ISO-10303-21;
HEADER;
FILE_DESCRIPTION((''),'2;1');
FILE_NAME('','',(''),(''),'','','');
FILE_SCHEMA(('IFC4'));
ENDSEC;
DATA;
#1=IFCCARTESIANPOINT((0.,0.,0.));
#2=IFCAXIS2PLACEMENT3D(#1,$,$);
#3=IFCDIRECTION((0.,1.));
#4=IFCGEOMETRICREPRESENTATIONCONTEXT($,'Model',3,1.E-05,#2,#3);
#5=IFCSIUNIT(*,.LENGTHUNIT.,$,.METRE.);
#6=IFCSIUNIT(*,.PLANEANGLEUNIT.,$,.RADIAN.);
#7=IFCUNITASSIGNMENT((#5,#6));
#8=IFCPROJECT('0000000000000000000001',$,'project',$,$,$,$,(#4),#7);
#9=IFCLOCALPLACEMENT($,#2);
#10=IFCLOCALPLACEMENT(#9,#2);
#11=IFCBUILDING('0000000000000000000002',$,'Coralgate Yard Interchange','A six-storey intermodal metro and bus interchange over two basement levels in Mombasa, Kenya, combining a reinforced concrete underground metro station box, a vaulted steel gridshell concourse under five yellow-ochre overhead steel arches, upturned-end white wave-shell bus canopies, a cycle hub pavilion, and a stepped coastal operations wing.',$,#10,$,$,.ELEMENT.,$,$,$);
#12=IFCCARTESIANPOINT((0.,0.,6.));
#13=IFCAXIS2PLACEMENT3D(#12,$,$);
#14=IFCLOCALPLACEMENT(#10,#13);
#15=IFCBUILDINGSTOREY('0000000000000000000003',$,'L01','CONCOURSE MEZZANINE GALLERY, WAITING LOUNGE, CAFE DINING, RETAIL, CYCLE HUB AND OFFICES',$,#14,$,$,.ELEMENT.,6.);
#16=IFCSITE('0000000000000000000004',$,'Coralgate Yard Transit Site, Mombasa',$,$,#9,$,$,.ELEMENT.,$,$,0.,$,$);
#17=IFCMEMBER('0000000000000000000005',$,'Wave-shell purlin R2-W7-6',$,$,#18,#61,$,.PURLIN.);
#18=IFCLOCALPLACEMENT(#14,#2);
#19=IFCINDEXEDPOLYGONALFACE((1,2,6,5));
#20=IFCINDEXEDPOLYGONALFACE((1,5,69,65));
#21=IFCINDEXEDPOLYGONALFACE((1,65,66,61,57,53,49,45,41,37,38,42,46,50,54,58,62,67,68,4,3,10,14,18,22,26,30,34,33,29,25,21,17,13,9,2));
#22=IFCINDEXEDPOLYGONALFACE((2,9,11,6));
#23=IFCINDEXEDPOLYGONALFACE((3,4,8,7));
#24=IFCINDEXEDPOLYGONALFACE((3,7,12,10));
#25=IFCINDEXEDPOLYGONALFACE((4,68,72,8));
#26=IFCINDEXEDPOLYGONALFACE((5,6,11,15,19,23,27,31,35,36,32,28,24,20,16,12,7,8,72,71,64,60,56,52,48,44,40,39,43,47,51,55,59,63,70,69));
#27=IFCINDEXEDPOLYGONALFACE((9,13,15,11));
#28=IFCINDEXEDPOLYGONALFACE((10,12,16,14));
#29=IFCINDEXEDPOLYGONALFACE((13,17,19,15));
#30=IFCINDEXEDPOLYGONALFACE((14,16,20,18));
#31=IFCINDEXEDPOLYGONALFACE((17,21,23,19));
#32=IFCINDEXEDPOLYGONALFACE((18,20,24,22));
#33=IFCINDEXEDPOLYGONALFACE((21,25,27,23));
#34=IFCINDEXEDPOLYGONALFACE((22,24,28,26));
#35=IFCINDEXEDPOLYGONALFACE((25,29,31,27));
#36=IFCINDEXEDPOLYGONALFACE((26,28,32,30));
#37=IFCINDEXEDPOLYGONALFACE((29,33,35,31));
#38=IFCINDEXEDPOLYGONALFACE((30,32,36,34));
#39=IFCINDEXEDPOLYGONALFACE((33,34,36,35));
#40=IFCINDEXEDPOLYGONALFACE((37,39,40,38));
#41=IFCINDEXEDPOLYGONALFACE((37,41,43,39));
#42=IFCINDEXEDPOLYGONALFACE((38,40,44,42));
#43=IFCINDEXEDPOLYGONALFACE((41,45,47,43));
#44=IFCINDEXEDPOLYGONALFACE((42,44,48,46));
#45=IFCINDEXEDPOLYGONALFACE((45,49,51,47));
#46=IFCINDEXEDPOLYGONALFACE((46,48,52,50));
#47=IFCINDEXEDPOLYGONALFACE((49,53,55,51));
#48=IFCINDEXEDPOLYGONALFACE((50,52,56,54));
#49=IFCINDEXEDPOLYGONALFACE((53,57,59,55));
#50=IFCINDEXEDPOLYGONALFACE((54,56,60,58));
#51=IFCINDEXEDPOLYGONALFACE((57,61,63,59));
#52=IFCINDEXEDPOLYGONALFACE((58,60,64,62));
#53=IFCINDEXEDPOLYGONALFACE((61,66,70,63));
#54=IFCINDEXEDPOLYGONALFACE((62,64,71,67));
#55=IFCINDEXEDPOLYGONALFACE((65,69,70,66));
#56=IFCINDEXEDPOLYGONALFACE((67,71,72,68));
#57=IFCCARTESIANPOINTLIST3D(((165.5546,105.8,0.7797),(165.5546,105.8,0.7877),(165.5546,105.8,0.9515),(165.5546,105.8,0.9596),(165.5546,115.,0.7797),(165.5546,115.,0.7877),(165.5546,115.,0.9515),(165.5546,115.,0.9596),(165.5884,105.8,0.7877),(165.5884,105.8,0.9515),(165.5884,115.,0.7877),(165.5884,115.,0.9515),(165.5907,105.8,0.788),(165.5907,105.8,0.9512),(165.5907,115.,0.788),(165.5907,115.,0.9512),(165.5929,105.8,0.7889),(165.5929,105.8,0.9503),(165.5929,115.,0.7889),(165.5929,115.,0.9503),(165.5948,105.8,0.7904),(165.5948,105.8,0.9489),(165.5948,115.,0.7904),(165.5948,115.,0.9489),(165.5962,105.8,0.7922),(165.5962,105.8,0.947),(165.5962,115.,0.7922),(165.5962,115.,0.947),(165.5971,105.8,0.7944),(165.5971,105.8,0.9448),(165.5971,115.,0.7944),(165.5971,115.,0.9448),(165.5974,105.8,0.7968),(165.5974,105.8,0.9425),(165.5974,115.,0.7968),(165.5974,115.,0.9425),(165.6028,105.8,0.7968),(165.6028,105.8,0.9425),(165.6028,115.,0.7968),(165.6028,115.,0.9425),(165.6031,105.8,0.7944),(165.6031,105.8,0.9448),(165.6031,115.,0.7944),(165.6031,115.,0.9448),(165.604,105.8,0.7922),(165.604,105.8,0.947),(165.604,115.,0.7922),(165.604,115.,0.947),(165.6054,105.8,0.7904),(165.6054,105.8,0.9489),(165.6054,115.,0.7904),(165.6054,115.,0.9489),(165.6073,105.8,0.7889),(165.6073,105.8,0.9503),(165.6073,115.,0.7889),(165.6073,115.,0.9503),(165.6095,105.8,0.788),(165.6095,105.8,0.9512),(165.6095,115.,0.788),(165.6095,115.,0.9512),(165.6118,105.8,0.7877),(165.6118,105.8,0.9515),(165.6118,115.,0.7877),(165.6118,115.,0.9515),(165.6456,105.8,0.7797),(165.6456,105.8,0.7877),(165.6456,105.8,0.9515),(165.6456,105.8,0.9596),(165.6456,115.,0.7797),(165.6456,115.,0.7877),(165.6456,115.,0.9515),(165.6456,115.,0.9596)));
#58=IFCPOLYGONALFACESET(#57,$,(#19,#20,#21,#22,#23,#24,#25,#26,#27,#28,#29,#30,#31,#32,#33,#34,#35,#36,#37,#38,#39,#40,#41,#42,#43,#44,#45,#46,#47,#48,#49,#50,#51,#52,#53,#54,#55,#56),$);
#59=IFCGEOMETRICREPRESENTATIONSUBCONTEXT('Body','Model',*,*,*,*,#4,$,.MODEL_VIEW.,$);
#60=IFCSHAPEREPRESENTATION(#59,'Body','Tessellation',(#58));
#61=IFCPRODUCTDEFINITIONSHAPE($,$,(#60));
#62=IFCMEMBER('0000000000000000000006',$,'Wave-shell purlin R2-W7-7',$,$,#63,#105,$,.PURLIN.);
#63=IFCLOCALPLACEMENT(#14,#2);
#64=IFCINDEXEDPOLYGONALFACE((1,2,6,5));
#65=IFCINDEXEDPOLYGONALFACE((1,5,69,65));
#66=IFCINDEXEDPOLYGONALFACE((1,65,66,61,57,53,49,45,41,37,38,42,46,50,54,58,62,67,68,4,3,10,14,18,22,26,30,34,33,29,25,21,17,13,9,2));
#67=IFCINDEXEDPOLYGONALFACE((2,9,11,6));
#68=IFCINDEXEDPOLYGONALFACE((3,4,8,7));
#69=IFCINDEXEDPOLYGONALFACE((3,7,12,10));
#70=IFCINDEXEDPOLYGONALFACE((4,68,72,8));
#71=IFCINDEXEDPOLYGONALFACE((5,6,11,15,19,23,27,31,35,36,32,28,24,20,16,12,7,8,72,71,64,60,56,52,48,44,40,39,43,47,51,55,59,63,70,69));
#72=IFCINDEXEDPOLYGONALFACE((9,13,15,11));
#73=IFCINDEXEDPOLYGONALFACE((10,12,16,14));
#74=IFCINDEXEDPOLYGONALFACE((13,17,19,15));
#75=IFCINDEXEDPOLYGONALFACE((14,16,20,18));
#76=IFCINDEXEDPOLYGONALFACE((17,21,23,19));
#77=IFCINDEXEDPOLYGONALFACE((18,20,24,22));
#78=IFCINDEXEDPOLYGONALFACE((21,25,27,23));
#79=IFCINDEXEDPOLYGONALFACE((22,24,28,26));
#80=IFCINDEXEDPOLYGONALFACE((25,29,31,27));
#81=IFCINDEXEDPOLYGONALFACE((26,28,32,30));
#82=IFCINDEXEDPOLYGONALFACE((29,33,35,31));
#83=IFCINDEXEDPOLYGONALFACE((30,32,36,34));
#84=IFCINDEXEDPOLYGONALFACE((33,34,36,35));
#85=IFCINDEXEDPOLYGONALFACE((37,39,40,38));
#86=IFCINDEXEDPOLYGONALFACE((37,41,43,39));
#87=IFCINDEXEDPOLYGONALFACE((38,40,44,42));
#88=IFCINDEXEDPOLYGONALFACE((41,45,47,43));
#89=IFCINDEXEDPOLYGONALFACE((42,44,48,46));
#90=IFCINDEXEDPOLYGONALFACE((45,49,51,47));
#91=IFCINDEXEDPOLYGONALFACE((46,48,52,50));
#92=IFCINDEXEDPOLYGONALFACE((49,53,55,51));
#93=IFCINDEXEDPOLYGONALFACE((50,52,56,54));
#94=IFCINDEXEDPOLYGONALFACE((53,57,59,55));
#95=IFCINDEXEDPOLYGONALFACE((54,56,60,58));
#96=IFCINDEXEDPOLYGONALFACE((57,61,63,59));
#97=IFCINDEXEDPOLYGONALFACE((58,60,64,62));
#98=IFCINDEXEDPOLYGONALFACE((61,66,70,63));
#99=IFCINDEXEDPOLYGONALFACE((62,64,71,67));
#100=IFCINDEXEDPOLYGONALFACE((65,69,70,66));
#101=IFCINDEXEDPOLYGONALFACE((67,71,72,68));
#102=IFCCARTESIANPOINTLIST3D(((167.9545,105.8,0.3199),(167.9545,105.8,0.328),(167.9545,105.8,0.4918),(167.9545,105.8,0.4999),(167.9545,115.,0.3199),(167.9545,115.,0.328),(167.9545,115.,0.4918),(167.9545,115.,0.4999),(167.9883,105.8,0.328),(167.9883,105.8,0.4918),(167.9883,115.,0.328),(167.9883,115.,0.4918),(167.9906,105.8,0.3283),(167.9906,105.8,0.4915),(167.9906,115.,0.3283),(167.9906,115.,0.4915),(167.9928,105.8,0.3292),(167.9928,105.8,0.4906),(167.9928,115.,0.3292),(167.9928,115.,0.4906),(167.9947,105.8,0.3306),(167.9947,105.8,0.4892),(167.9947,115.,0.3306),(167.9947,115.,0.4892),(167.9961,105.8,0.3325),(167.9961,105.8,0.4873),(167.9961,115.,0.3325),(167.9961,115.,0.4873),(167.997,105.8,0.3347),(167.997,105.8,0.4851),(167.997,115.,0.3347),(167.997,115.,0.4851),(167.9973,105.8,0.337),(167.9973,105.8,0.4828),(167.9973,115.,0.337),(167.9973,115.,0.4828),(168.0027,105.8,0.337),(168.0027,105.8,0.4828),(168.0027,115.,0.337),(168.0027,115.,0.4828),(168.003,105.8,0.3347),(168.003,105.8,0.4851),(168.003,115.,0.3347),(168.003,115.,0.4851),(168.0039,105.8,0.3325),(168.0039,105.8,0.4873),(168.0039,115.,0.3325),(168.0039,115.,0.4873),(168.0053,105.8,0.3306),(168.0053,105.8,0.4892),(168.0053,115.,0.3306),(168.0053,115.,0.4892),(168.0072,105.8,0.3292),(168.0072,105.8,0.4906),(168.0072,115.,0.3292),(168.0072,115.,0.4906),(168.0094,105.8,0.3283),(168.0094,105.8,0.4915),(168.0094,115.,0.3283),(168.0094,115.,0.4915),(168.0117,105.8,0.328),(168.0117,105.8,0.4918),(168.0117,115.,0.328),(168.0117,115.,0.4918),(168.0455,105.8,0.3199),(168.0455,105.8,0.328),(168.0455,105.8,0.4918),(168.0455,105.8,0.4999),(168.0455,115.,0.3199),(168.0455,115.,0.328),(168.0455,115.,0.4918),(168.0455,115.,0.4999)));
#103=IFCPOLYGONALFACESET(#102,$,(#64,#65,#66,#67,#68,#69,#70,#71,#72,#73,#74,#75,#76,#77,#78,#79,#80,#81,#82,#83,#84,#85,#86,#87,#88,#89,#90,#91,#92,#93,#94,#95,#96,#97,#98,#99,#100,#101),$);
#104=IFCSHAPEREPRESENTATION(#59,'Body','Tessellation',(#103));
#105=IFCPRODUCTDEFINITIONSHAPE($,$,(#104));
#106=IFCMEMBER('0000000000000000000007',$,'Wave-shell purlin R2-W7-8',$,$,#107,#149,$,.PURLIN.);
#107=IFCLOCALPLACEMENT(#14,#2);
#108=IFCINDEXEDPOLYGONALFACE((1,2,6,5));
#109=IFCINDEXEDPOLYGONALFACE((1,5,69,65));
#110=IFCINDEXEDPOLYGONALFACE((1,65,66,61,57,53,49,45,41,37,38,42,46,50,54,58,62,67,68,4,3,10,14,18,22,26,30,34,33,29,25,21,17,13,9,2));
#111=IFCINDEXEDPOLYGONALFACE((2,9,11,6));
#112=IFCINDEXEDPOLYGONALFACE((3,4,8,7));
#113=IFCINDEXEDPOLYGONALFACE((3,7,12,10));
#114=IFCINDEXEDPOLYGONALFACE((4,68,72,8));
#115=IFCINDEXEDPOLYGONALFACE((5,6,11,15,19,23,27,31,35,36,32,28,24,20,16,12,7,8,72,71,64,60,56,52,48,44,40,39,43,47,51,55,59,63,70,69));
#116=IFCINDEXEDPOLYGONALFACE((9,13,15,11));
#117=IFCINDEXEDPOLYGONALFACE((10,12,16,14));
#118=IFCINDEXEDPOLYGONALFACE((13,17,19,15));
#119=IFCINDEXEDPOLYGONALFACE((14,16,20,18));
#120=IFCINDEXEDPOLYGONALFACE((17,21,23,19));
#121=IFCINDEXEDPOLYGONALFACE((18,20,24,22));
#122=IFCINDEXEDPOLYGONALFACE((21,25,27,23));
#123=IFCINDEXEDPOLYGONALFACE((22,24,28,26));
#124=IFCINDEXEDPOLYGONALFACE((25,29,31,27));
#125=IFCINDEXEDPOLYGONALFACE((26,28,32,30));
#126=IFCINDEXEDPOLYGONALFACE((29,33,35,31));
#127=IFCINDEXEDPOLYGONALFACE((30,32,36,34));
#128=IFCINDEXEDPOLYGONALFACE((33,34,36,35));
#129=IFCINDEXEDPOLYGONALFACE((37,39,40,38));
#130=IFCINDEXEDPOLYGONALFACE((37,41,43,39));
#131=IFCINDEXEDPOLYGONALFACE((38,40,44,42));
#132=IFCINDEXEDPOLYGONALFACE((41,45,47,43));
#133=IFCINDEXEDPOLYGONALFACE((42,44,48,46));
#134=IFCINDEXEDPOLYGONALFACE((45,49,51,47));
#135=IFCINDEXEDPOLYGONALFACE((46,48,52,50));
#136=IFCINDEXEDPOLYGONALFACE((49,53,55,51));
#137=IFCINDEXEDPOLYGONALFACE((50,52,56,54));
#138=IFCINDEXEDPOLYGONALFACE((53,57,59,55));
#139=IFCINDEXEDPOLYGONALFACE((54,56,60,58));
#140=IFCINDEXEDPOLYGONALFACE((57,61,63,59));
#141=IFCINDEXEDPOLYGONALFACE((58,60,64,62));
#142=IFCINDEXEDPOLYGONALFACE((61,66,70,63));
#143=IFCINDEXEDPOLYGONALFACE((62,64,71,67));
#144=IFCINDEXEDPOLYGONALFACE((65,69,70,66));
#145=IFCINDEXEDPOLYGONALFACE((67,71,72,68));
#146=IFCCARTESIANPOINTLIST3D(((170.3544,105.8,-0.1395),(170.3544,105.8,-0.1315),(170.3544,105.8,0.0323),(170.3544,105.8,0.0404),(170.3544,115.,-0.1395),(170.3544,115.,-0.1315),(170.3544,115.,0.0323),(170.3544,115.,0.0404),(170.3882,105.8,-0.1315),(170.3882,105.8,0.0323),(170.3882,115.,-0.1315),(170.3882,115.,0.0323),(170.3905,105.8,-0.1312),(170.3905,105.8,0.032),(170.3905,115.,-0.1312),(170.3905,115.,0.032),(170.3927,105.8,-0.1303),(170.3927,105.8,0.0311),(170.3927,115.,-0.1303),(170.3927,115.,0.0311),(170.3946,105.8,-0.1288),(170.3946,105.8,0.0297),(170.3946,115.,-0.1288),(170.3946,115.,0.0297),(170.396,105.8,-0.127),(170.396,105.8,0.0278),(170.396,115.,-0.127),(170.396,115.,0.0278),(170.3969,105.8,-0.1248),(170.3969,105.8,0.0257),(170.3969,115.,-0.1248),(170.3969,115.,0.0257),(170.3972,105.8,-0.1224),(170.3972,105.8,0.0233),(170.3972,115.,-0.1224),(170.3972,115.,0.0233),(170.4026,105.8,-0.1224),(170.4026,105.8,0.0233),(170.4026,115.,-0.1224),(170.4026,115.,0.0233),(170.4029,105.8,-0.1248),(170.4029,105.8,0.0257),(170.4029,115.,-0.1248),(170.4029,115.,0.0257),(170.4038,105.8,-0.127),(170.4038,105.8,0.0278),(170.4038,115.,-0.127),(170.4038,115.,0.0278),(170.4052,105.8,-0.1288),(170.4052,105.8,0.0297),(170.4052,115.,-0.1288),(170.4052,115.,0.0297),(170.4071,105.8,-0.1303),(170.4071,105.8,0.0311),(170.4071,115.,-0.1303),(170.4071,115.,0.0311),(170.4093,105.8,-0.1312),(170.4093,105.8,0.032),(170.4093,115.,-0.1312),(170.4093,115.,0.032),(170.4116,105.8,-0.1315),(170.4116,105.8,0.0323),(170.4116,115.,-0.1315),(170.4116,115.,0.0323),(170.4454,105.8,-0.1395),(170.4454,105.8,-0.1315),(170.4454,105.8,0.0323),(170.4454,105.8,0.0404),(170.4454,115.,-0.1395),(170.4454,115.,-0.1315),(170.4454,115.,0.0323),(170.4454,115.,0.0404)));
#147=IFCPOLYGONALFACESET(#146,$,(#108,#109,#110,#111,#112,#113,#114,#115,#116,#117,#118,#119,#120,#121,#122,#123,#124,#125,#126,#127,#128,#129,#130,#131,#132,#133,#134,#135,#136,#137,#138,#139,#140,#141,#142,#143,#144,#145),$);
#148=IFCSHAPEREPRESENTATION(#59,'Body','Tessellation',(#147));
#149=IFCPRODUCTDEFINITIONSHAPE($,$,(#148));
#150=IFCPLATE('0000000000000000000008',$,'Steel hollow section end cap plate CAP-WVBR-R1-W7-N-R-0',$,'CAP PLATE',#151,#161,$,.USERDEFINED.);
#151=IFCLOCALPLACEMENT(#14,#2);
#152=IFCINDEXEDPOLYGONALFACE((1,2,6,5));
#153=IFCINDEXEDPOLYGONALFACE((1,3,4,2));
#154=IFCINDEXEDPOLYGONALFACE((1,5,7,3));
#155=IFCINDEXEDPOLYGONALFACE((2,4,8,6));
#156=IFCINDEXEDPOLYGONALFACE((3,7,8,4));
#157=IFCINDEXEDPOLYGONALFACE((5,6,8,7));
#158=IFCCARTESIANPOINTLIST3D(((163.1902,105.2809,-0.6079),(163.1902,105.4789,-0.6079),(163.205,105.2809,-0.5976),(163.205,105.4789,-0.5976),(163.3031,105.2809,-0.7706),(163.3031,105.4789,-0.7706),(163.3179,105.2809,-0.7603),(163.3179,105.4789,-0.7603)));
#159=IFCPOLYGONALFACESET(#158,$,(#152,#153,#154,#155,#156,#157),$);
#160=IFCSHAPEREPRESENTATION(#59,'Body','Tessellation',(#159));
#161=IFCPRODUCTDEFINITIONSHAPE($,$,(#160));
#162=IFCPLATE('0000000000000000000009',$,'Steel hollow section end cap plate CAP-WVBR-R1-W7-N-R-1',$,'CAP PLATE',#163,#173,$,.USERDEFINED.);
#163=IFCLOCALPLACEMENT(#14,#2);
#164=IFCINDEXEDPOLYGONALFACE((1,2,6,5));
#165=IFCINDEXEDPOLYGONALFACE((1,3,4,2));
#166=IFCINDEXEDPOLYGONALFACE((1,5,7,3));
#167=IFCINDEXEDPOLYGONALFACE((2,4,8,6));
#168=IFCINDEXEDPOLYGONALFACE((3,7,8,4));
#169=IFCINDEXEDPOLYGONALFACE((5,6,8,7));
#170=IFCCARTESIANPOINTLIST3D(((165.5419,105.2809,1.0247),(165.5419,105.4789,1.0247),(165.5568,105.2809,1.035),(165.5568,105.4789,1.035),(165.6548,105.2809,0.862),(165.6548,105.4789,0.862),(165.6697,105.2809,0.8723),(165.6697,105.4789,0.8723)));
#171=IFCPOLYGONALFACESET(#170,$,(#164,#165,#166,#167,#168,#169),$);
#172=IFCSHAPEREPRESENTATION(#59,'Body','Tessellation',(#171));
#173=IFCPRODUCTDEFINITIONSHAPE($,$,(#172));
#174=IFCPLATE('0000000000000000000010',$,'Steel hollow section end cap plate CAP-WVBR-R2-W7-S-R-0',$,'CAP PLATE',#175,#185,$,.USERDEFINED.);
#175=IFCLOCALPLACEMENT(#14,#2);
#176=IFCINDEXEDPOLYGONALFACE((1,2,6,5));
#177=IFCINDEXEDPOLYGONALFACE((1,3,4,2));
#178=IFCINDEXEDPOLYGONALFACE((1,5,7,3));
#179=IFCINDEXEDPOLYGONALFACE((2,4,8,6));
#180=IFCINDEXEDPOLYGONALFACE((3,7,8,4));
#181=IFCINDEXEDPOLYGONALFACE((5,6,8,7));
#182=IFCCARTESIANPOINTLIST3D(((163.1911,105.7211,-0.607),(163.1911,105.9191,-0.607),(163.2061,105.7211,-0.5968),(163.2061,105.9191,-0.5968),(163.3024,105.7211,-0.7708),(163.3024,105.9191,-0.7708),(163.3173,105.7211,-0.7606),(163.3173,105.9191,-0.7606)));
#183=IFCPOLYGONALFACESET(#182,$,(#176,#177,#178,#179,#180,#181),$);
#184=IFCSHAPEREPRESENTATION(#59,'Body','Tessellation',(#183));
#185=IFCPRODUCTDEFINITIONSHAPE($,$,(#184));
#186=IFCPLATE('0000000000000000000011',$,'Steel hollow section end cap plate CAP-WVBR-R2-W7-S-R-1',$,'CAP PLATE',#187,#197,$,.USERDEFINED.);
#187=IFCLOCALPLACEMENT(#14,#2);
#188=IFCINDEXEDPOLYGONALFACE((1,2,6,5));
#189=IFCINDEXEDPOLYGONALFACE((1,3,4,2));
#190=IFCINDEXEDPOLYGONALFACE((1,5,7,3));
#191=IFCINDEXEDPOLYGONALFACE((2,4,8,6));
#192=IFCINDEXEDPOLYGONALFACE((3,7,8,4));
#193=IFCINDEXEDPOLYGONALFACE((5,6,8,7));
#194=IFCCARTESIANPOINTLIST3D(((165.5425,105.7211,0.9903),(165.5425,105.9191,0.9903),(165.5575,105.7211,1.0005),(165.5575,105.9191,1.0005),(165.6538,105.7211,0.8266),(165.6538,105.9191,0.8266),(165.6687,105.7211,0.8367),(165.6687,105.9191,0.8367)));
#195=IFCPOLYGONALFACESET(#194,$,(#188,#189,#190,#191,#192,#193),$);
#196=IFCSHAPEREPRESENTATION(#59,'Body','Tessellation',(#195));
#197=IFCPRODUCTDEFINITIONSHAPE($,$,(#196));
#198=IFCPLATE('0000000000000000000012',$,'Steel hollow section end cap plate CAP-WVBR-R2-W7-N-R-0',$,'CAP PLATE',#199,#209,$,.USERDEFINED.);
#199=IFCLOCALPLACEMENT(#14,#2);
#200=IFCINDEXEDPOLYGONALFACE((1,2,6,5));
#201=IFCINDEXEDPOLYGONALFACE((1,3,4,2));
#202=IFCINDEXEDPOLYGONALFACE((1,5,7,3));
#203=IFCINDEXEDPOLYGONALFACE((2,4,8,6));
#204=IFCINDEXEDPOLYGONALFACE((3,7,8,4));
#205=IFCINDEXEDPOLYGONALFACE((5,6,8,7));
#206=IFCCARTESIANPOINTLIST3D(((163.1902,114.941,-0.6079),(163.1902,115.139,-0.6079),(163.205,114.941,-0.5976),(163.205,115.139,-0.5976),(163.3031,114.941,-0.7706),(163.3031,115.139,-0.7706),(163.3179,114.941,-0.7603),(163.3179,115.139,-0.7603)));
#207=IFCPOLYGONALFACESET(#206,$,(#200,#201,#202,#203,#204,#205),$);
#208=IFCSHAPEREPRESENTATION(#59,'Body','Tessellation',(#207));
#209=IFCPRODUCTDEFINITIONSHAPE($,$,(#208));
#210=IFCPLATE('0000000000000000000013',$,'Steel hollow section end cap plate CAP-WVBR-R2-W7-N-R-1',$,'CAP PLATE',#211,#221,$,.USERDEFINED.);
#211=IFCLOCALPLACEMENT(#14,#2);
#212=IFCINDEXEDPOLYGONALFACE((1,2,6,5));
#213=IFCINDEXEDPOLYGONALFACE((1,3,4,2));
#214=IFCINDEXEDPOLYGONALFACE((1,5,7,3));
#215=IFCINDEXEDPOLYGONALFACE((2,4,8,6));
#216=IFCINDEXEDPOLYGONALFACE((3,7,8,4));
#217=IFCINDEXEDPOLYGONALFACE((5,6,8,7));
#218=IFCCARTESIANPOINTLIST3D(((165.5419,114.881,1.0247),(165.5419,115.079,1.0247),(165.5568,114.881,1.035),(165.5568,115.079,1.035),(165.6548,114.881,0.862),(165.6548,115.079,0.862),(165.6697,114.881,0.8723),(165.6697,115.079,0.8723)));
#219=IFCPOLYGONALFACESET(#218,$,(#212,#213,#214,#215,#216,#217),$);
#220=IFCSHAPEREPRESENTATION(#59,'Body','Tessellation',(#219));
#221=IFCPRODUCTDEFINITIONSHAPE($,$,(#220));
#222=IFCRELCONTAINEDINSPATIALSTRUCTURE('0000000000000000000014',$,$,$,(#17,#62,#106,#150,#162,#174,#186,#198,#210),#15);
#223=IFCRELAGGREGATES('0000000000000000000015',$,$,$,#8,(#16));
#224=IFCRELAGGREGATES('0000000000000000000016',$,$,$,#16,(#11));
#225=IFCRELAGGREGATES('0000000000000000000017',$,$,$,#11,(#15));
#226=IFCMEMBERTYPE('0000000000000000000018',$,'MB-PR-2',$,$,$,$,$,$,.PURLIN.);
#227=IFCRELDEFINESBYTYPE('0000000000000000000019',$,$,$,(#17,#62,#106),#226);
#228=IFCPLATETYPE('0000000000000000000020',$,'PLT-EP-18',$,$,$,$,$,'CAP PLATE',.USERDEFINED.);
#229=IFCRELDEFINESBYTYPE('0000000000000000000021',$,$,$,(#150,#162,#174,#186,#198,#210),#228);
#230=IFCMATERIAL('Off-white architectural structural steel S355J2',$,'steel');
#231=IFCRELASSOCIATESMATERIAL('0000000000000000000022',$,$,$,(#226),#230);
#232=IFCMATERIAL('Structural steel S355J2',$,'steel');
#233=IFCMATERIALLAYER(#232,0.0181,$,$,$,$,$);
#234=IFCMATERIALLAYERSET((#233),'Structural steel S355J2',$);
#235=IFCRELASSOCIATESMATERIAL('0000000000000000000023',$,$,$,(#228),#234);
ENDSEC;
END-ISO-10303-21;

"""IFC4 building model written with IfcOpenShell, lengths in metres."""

from ifc_helpers import new_model, si_unit, direction, frame, origin, origin_2d, place, context, subcontext, project, spatial, rectangle, i_section, extrude, material, layer, layer_set, material_profile, profile_set, type_object, element, save


model = new_model("IFC4")

# Units and contexts
model_context = context("Model", 3, precision=1e-05, world=origin(), true_north=direction((0.0, 1.0)))
body_context = subcontext(model_context, "Body", "Model", "MODEL_VIEW")
ifc_project = project(units=[si_unit("LENGTHUNIT", "METRE"), si_unit("PLANEANGLEUNIT", "RADIAN")], contexts=[model_context])

# Site, building, storey
site_placement = place(None, origin())
site = spatial("IfcSite", under=ifc_project, at=site_placement, Name="Coralgate Yard Transit Site, Mombasa", CompositionType="ELEMENT", RefElevation=0.0)
building_placement = place(site_placement, origin())
building = spatial("IfcBuilding", under=site, at=building_placement, Name="Coralgate Yard Interchange", Description="A six-storey intermodal metro and bus interchange over two basement levels in Mombasa, Kenya, combining a reinforced concrete underground metro station box, a vaulted steel gridshell concourse under five yellow-ochre overhead steel arches, upturned-end white wave-shell bus canopies, a cycle hub pavilion, and a stepped coastal operations wing.", CompositionType="ELEMENT")
storey_placement = place(building_placement, frame((0.0, 0.0, 6.0)))
storey = spatial("IfcBuildingStorey", under=building, at=storey_placement, Name="L01", Description="CONCOURSE MEZZANINE GALLERY, WAITING LOUNGE, CAFE DINING, RETAIL, CYCLE HUB AND OFFICES", CompositionType="ELEMENT", Elevation=6.0)

# Shared definitions
ifc_material_1 = material(Name="Structural steel S355J2", Category="steel")

# Shared definitions
ifc_material_2 = material(Name="Off-white architectural structural steel S355J2", Category="steel")

# Members
ifc_material_profile_1 = material_profile(ifc_material_2, i_section(OverallWidth=0.0911, OverallDepth=0.1799, WebThickness=0.0054, FlangeThickness=0.0081, FilletRadius=0.009, at=origin_2d()), Name="IPE 180")
ifc_profile_set_1 = profile_set([ifc_material_profile_1], Name="Off-white architectural structural steel S355J2")
member_type_1 = type_object("IfcMemberType", Name="MB-PR-2", PredefinedType="PURLIN", material=ifc_profile_set_1)
for number, where, z_axis, x_axis, name in (
    (1, (165.6001, 105.8, 0.8696), (0.0, 1.0, 0.0), (-1.0, 0.0, 0.0), "Wave-shell purlin R2-W7-6"),
    (2, (168.0, 105.8, 0.4099), (0.0, 1.0, 0.0), (-1.0, 0.0, 0.0), "Wave-shell purlin R2-W7-7"),
    (3, (170.3999, 105.8, -0.0496), (0.0, 1.0, 0.0), (-1.0, 0.0, 0.0), "Wave-shell purlin R2-W7-8"),
):
    element("IfcMember", number, at=place(storey_placement, frame(where, z_axis=z_axis, x_axis=x_axis)), inside=storey, type_object=member_type_1, Name=name, PredefinedType="PURLIN", context=body_context, shape_type="SweptSolid", body=[
        extrude(i_section(OverallWidth=0.0911, OverallDepth=0.1799, WebThickness=0.0054, FlangeThickness=0.0081, FilletRadius=0.009, at=origin_2d()), origin(), (0.0, 0.0, 1.0), 9.2),
    ])

# Plates
ifc_layer = layer(ifc_material_1, 0.0181)
ifc_layer_set = layer_set([ifc_layer], Name="Structural steel S355J2")
plate_type = type_object("IfcPlateType", Name="PLT-EP-18", ElementType="CAP PLATE", PredefinedType="USERDEFINED", material=ifc_layer_set)
for number, where, z_axis, x_axis, name in (
    (4, (163.2615, 105.3799, -0.679), (-0.821436, 0.0, -0.570301), (0.0, -1.0, 0.0), "Steel hollow section end cap plate CAP-WVBR-R1-W7-N-R-0"),
    (5, (165.5984, 105.3799, 0.9434), (0.821436, 0.0, 0.570301), (0.0, 1.0, 0.0), "Steel hollow section end cap plate CAP-WVBR-R1-W7-N-R-1"),
    (6, (163.2617, 105.8201, -0.6787), (-0.827189, 0.0, -0.561923), (0.0, -1.0, 0.0), "Steel hollow section end cap plate CAP-WVBR-R2-W7-S-R-0"),
    (7, (165.5981, 105.8201, 0.9084), (0.827189, 0.0, 0.561923), (0.0, 1.0, 0.0), "Steel hollow section end cap plate CAP-WVBR-R2-W7-S-R-1"),
    (8, (163.2615, 115.04, -0.679), (-0.821436, 0.0, -0.570301), (0.0, -1.0, 0.0), "Steel hollow section end cap plate CAP-WVBR-R2-W7-N-R-0"),
    (9, (165.5984, 114.98, 0.9434), (0.821436, 0.0, 0.570301), (0.0, 1.0, 0.0), "Steel hollow section end cap plate CAP-WVBR-R2-W7-N-R-1"),
):
    element("IfcPlate", number, at=place(storey_placement, frame(where, z_axis=z_axis, x_axis=x_axis)), inside=storey, type_object=plate_type, Name=name, ObjectType="CAP PLATE", PredefinedType="USERDEFINED", context=body_context, shape_type="SweptSolid", body=[
        extrude(rectangle(XDim=0.198, YDim=0.198, at=origin_2d()), origin(), (0.0, 0.0, 1.0), 0.0181),
    ])

save(model, "model.ifc")
